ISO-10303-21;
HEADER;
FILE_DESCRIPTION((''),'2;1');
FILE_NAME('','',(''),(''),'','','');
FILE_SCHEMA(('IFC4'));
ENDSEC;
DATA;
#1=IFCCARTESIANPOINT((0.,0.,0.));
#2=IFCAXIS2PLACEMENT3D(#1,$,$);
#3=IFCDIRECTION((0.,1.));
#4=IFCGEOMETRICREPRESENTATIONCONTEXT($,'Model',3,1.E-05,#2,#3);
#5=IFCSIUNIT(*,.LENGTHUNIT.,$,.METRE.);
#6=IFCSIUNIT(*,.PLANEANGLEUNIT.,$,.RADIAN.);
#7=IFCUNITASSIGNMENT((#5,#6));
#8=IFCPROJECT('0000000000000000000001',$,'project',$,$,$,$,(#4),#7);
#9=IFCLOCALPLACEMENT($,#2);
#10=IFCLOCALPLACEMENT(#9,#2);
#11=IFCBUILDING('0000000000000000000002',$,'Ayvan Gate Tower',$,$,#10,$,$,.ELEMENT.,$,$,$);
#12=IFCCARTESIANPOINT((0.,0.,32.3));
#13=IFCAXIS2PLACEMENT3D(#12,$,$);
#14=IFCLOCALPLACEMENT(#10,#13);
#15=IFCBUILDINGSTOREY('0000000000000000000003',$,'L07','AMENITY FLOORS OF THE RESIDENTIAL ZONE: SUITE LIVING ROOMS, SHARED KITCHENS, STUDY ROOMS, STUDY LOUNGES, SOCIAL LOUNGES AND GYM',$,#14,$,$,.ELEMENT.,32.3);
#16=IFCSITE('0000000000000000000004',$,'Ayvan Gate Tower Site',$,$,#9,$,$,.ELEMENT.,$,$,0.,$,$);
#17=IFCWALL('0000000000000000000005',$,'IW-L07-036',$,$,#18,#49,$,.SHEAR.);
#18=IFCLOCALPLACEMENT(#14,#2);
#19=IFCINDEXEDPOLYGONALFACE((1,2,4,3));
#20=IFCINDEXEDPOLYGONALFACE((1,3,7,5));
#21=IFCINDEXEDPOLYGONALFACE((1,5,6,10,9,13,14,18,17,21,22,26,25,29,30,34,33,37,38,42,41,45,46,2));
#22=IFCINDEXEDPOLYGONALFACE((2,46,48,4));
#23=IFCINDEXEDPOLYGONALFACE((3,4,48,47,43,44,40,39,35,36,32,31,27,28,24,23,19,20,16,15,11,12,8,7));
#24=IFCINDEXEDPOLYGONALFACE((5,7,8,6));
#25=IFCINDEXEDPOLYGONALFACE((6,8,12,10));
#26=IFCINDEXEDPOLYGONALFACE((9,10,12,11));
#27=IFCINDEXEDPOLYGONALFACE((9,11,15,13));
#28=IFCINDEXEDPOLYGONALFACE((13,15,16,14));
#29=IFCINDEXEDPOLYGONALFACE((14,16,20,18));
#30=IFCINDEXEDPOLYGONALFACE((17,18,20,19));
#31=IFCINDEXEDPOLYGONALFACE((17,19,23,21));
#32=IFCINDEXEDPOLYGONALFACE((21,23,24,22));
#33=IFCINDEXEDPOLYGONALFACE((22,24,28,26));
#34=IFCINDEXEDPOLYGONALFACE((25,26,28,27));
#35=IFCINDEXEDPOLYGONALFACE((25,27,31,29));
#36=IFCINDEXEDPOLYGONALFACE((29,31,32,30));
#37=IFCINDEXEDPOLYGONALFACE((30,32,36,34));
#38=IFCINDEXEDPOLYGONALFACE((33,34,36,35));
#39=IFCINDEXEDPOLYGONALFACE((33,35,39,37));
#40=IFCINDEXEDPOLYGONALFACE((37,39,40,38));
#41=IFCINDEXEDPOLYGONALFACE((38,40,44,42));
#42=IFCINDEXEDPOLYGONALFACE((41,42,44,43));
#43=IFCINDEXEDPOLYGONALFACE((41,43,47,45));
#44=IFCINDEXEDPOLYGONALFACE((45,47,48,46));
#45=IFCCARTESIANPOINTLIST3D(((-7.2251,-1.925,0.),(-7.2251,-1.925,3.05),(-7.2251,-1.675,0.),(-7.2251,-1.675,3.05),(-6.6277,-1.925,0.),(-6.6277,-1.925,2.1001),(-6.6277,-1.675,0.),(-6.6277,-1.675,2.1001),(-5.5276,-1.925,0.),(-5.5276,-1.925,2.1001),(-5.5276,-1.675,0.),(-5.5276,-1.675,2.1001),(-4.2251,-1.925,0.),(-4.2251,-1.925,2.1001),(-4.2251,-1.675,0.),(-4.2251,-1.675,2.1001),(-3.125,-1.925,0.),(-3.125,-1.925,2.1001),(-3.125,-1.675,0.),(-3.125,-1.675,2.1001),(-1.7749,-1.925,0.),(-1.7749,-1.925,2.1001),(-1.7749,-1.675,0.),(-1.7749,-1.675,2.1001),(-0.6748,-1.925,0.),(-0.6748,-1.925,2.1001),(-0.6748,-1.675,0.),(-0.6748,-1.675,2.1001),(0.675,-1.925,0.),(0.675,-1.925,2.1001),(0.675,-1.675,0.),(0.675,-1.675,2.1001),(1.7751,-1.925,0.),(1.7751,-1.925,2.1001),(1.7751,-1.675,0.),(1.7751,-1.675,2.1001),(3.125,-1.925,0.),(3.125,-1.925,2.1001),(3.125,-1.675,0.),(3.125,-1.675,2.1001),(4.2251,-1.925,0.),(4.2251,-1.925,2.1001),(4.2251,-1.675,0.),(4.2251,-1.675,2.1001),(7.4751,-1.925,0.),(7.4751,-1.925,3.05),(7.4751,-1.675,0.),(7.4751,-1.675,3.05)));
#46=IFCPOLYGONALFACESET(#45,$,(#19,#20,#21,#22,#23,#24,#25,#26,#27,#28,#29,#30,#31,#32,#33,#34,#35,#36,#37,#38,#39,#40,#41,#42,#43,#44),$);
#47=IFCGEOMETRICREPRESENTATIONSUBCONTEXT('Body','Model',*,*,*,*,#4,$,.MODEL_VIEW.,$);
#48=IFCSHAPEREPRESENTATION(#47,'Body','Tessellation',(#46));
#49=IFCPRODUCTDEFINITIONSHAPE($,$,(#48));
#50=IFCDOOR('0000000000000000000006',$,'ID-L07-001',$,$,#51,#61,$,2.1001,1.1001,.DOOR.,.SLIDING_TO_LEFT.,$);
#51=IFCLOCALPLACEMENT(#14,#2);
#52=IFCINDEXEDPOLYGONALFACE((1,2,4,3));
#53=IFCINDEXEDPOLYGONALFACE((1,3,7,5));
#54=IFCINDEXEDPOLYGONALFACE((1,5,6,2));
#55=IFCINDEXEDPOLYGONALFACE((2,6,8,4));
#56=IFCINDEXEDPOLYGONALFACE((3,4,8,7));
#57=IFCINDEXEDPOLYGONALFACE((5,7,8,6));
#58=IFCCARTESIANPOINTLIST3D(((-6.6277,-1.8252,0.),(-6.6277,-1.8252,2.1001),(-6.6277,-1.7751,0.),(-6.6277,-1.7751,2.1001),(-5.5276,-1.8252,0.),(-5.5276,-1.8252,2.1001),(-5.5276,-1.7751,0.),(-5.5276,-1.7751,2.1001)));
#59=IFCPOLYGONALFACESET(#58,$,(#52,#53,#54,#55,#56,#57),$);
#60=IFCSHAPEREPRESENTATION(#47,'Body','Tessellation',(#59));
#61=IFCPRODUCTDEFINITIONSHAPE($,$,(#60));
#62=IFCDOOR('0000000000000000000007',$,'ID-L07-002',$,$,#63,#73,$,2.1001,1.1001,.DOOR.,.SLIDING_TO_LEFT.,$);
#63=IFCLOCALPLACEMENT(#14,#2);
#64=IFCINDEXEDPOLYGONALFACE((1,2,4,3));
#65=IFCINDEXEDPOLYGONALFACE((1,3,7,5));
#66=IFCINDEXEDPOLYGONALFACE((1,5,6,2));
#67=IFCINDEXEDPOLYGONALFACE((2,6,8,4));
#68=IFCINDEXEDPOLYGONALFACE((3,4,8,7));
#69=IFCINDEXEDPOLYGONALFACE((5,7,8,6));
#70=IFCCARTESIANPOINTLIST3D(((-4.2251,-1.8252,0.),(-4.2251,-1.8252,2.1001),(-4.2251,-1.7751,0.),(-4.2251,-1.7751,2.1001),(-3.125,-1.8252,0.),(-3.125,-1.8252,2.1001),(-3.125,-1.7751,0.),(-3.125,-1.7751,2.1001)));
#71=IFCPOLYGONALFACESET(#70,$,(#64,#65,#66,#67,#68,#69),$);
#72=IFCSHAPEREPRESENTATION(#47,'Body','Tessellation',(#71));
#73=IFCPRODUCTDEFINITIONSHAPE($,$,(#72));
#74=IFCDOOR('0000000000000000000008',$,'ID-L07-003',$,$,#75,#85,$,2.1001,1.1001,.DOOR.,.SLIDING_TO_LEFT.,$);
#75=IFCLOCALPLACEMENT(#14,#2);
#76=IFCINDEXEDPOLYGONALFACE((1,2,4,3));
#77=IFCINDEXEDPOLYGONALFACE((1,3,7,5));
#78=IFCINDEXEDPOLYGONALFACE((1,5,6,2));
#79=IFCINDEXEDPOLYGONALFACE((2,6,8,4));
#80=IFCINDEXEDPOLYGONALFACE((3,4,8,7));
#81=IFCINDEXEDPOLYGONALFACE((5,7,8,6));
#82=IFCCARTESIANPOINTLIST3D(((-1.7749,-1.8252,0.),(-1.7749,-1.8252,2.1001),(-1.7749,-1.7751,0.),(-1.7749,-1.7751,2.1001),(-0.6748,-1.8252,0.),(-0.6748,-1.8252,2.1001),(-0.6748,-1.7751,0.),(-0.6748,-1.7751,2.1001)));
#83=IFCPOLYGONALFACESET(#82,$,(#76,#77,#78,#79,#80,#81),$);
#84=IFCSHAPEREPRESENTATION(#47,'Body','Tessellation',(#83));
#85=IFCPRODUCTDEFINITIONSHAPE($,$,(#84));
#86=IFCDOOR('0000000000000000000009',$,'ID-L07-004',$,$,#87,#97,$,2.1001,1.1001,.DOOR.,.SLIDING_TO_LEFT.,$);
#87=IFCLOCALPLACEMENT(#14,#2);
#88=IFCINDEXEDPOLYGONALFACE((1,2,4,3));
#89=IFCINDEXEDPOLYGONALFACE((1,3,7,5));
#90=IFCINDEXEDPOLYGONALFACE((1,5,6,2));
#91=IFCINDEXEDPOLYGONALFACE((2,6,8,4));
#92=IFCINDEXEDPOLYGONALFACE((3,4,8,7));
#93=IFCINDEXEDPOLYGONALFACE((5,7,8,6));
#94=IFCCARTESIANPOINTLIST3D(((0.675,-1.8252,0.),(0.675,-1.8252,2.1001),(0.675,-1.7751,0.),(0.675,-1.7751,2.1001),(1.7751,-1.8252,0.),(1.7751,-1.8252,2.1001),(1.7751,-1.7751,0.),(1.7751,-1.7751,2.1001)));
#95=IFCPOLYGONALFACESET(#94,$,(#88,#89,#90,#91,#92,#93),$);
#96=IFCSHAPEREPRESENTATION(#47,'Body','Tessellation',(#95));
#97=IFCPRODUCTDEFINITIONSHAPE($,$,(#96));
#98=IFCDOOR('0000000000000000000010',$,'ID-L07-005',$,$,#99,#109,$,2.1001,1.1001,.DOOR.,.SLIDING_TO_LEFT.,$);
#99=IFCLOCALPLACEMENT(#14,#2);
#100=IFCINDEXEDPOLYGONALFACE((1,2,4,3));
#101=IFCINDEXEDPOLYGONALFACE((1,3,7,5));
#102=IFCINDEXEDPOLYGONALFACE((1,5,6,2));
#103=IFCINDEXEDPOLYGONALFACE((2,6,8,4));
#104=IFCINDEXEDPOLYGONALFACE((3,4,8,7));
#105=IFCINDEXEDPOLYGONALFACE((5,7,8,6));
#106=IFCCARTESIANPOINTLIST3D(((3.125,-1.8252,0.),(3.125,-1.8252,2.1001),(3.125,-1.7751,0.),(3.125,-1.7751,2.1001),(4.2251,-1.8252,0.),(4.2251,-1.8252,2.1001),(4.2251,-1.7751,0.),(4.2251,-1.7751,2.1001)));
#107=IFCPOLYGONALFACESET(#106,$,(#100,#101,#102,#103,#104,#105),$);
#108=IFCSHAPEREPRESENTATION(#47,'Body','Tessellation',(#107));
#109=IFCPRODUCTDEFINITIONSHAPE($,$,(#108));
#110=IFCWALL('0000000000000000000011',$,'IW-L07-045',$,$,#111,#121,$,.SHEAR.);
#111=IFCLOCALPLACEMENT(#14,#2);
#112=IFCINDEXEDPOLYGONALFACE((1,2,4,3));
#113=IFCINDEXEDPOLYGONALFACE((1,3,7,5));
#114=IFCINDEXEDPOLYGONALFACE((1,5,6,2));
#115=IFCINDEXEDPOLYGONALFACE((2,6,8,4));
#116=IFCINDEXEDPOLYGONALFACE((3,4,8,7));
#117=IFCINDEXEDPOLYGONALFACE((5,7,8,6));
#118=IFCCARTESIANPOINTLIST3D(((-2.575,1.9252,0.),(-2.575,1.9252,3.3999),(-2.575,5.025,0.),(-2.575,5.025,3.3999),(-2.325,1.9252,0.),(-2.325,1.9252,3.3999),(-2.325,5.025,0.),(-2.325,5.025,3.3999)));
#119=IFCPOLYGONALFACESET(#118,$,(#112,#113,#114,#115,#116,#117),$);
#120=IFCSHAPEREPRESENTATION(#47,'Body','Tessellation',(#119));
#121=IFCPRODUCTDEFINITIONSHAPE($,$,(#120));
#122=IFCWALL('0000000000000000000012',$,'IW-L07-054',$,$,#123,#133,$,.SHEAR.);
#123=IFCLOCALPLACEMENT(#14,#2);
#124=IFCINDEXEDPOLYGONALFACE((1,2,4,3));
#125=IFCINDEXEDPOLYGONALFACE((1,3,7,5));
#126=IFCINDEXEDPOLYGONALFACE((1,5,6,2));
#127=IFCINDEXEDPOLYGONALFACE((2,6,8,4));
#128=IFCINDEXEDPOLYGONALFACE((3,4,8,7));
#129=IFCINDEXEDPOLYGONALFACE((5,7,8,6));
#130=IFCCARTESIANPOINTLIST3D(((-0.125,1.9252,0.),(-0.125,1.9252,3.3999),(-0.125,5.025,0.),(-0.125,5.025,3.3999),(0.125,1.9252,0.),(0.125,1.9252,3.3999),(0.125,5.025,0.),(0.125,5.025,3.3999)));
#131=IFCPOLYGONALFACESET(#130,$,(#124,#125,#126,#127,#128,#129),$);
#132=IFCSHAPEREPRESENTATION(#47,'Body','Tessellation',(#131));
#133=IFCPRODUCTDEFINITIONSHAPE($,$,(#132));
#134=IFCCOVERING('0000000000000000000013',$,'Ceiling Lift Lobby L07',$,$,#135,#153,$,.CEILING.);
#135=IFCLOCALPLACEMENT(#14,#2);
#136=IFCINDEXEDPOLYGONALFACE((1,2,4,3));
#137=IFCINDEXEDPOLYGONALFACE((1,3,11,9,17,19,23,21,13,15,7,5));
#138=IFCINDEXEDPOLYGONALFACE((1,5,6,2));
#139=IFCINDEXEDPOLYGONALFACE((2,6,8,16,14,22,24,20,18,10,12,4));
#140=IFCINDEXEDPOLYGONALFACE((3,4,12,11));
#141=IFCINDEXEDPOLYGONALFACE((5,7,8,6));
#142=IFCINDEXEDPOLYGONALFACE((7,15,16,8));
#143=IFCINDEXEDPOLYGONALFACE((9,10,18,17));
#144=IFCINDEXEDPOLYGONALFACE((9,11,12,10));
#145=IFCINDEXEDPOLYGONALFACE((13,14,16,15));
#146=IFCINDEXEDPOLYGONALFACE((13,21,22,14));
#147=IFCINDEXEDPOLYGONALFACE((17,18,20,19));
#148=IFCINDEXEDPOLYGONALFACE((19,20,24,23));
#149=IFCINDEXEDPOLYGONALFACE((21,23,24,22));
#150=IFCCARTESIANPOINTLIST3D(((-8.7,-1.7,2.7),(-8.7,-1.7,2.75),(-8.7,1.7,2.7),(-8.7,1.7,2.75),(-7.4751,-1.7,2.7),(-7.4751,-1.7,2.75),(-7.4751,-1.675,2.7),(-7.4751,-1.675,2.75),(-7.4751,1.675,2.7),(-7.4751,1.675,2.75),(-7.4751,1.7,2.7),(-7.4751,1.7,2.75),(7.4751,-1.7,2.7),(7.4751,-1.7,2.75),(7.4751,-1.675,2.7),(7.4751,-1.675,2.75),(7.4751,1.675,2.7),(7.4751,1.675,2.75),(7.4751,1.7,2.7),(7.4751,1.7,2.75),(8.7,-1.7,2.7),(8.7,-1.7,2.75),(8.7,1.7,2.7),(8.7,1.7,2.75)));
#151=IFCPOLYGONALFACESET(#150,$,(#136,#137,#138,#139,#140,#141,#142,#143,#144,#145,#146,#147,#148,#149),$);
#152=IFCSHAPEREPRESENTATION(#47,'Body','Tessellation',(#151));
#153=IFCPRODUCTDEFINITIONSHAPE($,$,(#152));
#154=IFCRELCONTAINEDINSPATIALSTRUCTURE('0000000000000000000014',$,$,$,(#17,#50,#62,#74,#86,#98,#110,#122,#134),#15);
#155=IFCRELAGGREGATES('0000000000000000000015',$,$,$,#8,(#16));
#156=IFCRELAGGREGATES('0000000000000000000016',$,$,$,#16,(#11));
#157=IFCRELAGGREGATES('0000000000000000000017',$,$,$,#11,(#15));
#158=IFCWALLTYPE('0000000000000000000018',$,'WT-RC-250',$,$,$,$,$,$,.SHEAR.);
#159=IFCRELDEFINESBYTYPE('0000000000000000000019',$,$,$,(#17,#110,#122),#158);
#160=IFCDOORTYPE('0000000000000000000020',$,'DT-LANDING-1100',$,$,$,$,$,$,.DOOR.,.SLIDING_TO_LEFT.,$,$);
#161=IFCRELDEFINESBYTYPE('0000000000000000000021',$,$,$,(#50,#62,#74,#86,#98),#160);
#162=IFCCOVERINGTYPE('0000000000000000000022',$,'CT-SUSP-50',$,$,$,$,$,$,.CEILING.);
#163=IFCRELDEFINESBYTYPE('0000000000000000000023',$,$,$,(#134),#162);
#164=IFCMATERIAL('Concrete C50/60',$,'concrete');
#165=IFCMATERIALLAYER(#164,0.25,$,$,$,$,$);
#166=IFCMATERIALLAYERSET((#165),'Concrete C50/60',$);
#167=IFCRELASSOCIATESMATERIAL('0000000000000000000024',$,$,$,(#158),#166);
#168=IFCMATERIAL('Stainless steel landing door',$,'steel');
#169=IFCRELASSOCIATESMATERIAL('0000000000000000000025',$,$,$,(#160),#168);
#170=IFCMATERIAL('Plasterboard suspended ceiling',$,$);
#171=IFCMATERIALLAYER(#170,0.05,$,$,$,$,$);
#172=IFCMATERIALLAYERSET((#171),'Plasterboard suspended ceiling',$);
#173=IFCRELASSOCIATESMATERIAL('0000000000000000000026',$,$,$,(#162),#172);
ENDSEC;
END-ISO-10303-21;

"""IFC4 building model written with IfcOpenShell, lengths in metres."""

from ifc_helpers import new_model, si_unit, direction, frame, frame_2d, origin, place, context, subcontext, project, spatial, polyline, rectangle, outline, extrude, material, layer, layer_set, type_object, element, fill, save


model = new_model("IFC4")

# Units and contexts
model_context = context("Model", 3, precision=1e-05, world=origin(), true_north=direction((0.0, 1.0)))
body_context = subcontext(model_context, "Body", "Model", "MODEL_VIEW")
ifc_project = project(units=[si_unit("LENGTHUNIT", "METRE"), si_unit("PLANEANGLEUNIT", "RADIAN")], contexts=[model_context])

# Site, building, storey
site_placement = place(None, origin())
site = spatial("IfcSite", under=ifc_project, at=site_placement, Name="Ayvan Gate Tower Site", CompositionType="ELEMENT", RefElevation=0.0)
building_placement = place(site_placement, origin())
building = spatial("IfcBuilding", under=site, at=building_placement, Name="Ayvan Gate Tower", CompositionType="ELEMENT")
storey_placement = place(building_placement, frame((0.0, 0.0, 32.3)))
storey = spatial("IfcBuildingStorey", under=building, at=storey_placement, Name="L07", Description="AMENITY FLOORS OF THE RESIDENTIAL ZONE: SUITE LIVING ROOMS, SHARED KITCHENS, STUDY ROOMS, STUDY LOUNGES, SOCIAL LOUNGES AND GYM", CompositionType="ELEMENT", Elevation=32.3)

# Shared definitions
ifc_material_1 = material(Name="Concrete C50/60", Category="concrete")
ifc_layer_1 = layer(ifc_material_1, 0.25)
ifc_layer_set_1 = layer_set([ifc_layer_1], Name="Concrete C50/60")
wall_type_1 = type_object("IfcWallType", Name="WT-RC-250", PredefinedType="SHEAR", material=ifc_layer_set_1)

# Wall, openings, doors
wall_1_placement = place(storey_placement, frame((-7.2251, -1.8, 0.0), z_axis=(0.0, 0.0, 1.0), x_axis=(1.0, 0.0, 0.0)))
wall_1 = element("IfcWall", 1, at=wall_1_placement, inside=storey, type_object=wall_type_1, Name="IW-L07-036", PredefinedType="SHEAR", context=body_context, shape_type="SweptSolid", body=[
    extrude(rectangle(XDim=14.7002, YDim=0.25, at=frame_2d((7.3501, 0.0))), origin(), (0.0, 0.0, 1.0), 3.05),
])
opening_1_placement = place(wall_1_placement, frame((0.5974, 0.0, 0.0)))
opening_1 = element("IfcOpeningElement", 2, at=opening_1_placement, cuts=wall_1, PredefinedType="OPENING", context=body_context, shape_type="SweptSolid", body=[
    extrude(rectangle(XDim=1.1001, YDim=2.1001, at=frame_2d((0.55, 1.05))), frame((0.0, 0.135, 0.0), z_axis=(0.0, -1.0, 0.0), x_axis=(1.0, 0.0, 0.0)), (0.0, 0.0, 1.0), 0.27),
])
opening_2_placement = place(wall_1_placement, frame((3.0, 0.0, 0.0)))
opening_2 = element("IfcOpeningElement", 3, at=opening_2_placement, cuts=wall_1, PredefinedType="OPENING", context=body_context, shape_type="SweptSolid", body=[
    extrude(rectangle(XDim=1.1001, YDim=2.1001, at=frame_2d((0.55, 1.05))), frame((0.0, 0.135, 0.0), z_axis=(0.0, -1.0, 0.0), x_axis=(1.0, 0.0, 0.0)), (0.0, 0.0, 1.0), 0.27),
])
opening_3_placement = place(wall_1_placement, frame((5.4502, 0.0, 0.0)))
opening_3 = element("IfcOpeningElement", 4, at=opening_3_placement, cuts=wall_1, PredefinedType="OPENING", context=body_context, shape_type="SweptSolid", body=[
    extrude(rectangle(XDim=1.1001, YDim=2.1001, at=frame_2d((0.55, 1.05))), frame((0.0, 0.135, 0.0), z_axis=(0.0, -1.0, 0.0), x_axis=(1.0, 0.0, 0.0)), (0.0, 0.0, 1.0), 0.27),
])
opening_4_placement = place(wall_1_placement, frame((7.9001, 0.0, 0.0)))
opening_4 = element("IfcOpeningElement", 5, at=opening_4_placement, cuts=wall_1, PredefinedType="OPENING", context=body_context, shape_type="SweptSolid", body=[
    extrude(rectangle(XDim=1.1001, YDim=2.1001, at=frame_2d((0.55, 1.05))), frame((0.0, 0.135, 0.0), z_axis=(0.0, -1.0, 0.0), x_axis=(1.0, 0.0, 0.0)), (0.0, 0.0, 1.0), 0.27),
])
opening_5_placement = place(wall_1_placement, frame((10.3501, 0.0, 0.0)))
opening_5 = element("IfcOpeningElement", 6, at=opening_5_placement, cuts=wall_1, PredefinedType="OPENING", context=body_context, shape_type="SweptSolid", body=[
    extrude(rectangle(XDim=1.1001, YDim=2.1001, at=frame_2d((0.55, 1.05))), frame((0.0, 0.135, 0.0), z_axis=(0.0, -1.0, 0.0), x_axis=(1.0, 0.0, 0.0)), (0.0, 0.0, 1.0), 0.27),
])
ifc_material_2 = material(Name="Stainless steel landing door", Category="steel")
door_type_1 = type_object("IfcDoorType", Name="DT-LANDING-1100", OperationType="SLIDING_TO_LEFT", PredefinedType="DOOR", material=ifc_material_2)
door_1_placement = place(opening_1_placement, origin())
door_1 = element("IfcDoor", 7, at=door_1_placement, inside=storey, type_object=door_type_1, Name="ID-L07-001", OperationType="SLIDING_TO_LEFT", OverallHeight=2.1001, OverallWidth=1.1001, PredefinedType="DOOR", context=body_context, shape_type="SweptSolid", body=[
    extrude(rectangle(XDim=1.1001, YDim=2.1001, at=frame_2d((0.55, 1.05))), frame((0.0, 0.0249, 0.0), z_axis=(0.0, -1.0, 0.0), x_axis=(1.0, 0.0, 0.0)), (0.0, 0.0, 1.0), 0.05),
])
fill(opening_1, door_1)
door_2_placement = place(opening_2_placement, origin())
door_2 = element("IfcDoor", 8, at=door_2_placement, inside=storey, type_object=door_type_1, Name="ID-L07-002", OperationType="SLIDING_TO_LEFT", OverallHeight=2.1001, OverallWidth=1.1001, PredefinedType="DOOR", context=body_context, shape_type="SweptSolid", body=[
    extrude(rectangle(XDim=1.1001, YDim=2.1001, at=frame_2d((0.55, 1.05))), frame((0.0, 0.0249, 0.0), z_axis=(0.0, -1.0, 0.0), x_axis=(1.0, 0.0, 0.0)), (0.0, 0.0, 1.0), 0.05),
])
fill(opening_2, door_2)
door_3_placement = place(opening_3_placement, origin())
door_3 = element("IfcDoor", 9, at=door_3_placement, inside=storey, type_object=door_type_1, Name="ID-L07-003", OperationType="SLIDING_TO_LEFT", OverallHeight=2.1001, OverallWidth=1.1001, PredefinedType="DOOR", context=body_context, shape_type="SweptSolid", body=[
    extrude(rectangle(XDim=1.1001, YDim=2.1001, at=frame_2d((0.55, 1.05))), frame((0.0, 0.0249, 0.0), z_axis=(0.0, -1.0, 0.0), x_axis=(1.0, 0.0, 0.0)), (0.0, 0.0, 1.0), 0.05),
])
fill(opening_3, door_3)
door_4_placement = place(opening_4_placement, origin())
door_4 = element("IfcDoor", 10, at=door_4_placement, inside=storey, type_object=door_type_1, Name="ID-L07-004", OperationType="SLIDING_TO_LEFT", OverallHeight=2.1001, OverallWidth=1.1001, PredefinedType="DOOR", context=body_context, shape_type="SweptSolid", body=[
    extrude(rectangle(XDim=1.1001, YDim=2.1001, at=frame_2d((0.55, 1.05))), frame((0.0, 0.0249, 0.0), z_axis=(0.0, -1.0, 0.0), x_axis=(1.0, 0.0, 0.0)), (0.0, 0.0, 1.0), 0.05),
])
fill(opening_4, door_4)
door_5_placement = place(opening_5_placement, origin())
door_5 = element("IfcDoor", 11, at=door_5_placement, inside=storey, type_object=door_type_1, Name="ID-L07-005", OperationType="SLIDING_TO_LEFT", OverallHeight=2.1001, OverallWidth=1.1001, PredefinedType="DOOR", context=body_context, shape_type="SweptSolid", body=[
    extrude(rectangle(XDim=1.1001, YDim=2.1001, at=frame_2d((0.55, 1.05))), frame((0.0, 0.0249, 0.0), z_axis=(0.0, -1.0, 0.0), x_axis=(1.0, 0.0, 0.0)), (0.0, 0.0, 1.0), 0.05),
])
fill(opening_5, door_5)

# Walls
for number, where, z_axis, x_axis, name in (
    (12, (-2.45, 5.0249, 0.0), (0.0, 0.0, 1.0), (0.0, -1.0, 0.0), "IW-L07-045"),
    (13, (0.0, 5.0249, 0.0), (0.0, 0.0, 1.0), (0.0, -1.0, 0.0), "IW-L07-054"),
):
    element("IfcWall", number, at=place(storey_placement, frame(where, z_axis=z_axis, x_axis=x_axis)), inside=storey, type_object=wall_type_1, Name=name, PredefinedType="SHEAR", context=body_context, shape_type="SweptSolid", body=[
        extrude(rectangle(XDim=3.0999, YDim=0.25, at=frame_2d((1.5498, 0.0))), origin(), (0.0, 0.0, 1.0), 3.3999),
    ])

# Covering
ifc_material_3 = material(Name="Plasterboard suspended ceiling")
ifc_layer_2 = layer(ifc_material_3, 0.05)
ifc_layer_set_2 = layer_set([ifc_layer_2], Name="Plasterboard suspended ceiling")
covering_type = type_object("IfcCoveringType", Name="CT-SUSP-50", PredefinedType="CEILING", material=ifc_layer_set_2)
covering_1_placement = place(storey_placement, frame((0.0, 0.0, 2.7)))
element("IfcCovering", 14, at=covering_1_placement, inside=storey, type_object=covering_type, Name="Ceiling Lift Lobby L07", PredefinedType="CEILING", context=body_context, shape_type="SweptSolid", body=[
    extrude(outline(polyline([(7.4751, -1.675), (-7.4751, -1.675), (-7.4751, -1.7), (-8.7, -1.7), (-8.7, 1.7), (-7.4751, 1.7), (-7.4751, 1.675), (7.4751, 1.675), (7.4751, 1.7), (8.7, 1.7), (8.7, -1.7), (7.4751, -1.7), (7.4751, -1.675)])), origin(), (0.0, 0.0, 1.0), 0.05),
])

save(model, "model.ifc")
